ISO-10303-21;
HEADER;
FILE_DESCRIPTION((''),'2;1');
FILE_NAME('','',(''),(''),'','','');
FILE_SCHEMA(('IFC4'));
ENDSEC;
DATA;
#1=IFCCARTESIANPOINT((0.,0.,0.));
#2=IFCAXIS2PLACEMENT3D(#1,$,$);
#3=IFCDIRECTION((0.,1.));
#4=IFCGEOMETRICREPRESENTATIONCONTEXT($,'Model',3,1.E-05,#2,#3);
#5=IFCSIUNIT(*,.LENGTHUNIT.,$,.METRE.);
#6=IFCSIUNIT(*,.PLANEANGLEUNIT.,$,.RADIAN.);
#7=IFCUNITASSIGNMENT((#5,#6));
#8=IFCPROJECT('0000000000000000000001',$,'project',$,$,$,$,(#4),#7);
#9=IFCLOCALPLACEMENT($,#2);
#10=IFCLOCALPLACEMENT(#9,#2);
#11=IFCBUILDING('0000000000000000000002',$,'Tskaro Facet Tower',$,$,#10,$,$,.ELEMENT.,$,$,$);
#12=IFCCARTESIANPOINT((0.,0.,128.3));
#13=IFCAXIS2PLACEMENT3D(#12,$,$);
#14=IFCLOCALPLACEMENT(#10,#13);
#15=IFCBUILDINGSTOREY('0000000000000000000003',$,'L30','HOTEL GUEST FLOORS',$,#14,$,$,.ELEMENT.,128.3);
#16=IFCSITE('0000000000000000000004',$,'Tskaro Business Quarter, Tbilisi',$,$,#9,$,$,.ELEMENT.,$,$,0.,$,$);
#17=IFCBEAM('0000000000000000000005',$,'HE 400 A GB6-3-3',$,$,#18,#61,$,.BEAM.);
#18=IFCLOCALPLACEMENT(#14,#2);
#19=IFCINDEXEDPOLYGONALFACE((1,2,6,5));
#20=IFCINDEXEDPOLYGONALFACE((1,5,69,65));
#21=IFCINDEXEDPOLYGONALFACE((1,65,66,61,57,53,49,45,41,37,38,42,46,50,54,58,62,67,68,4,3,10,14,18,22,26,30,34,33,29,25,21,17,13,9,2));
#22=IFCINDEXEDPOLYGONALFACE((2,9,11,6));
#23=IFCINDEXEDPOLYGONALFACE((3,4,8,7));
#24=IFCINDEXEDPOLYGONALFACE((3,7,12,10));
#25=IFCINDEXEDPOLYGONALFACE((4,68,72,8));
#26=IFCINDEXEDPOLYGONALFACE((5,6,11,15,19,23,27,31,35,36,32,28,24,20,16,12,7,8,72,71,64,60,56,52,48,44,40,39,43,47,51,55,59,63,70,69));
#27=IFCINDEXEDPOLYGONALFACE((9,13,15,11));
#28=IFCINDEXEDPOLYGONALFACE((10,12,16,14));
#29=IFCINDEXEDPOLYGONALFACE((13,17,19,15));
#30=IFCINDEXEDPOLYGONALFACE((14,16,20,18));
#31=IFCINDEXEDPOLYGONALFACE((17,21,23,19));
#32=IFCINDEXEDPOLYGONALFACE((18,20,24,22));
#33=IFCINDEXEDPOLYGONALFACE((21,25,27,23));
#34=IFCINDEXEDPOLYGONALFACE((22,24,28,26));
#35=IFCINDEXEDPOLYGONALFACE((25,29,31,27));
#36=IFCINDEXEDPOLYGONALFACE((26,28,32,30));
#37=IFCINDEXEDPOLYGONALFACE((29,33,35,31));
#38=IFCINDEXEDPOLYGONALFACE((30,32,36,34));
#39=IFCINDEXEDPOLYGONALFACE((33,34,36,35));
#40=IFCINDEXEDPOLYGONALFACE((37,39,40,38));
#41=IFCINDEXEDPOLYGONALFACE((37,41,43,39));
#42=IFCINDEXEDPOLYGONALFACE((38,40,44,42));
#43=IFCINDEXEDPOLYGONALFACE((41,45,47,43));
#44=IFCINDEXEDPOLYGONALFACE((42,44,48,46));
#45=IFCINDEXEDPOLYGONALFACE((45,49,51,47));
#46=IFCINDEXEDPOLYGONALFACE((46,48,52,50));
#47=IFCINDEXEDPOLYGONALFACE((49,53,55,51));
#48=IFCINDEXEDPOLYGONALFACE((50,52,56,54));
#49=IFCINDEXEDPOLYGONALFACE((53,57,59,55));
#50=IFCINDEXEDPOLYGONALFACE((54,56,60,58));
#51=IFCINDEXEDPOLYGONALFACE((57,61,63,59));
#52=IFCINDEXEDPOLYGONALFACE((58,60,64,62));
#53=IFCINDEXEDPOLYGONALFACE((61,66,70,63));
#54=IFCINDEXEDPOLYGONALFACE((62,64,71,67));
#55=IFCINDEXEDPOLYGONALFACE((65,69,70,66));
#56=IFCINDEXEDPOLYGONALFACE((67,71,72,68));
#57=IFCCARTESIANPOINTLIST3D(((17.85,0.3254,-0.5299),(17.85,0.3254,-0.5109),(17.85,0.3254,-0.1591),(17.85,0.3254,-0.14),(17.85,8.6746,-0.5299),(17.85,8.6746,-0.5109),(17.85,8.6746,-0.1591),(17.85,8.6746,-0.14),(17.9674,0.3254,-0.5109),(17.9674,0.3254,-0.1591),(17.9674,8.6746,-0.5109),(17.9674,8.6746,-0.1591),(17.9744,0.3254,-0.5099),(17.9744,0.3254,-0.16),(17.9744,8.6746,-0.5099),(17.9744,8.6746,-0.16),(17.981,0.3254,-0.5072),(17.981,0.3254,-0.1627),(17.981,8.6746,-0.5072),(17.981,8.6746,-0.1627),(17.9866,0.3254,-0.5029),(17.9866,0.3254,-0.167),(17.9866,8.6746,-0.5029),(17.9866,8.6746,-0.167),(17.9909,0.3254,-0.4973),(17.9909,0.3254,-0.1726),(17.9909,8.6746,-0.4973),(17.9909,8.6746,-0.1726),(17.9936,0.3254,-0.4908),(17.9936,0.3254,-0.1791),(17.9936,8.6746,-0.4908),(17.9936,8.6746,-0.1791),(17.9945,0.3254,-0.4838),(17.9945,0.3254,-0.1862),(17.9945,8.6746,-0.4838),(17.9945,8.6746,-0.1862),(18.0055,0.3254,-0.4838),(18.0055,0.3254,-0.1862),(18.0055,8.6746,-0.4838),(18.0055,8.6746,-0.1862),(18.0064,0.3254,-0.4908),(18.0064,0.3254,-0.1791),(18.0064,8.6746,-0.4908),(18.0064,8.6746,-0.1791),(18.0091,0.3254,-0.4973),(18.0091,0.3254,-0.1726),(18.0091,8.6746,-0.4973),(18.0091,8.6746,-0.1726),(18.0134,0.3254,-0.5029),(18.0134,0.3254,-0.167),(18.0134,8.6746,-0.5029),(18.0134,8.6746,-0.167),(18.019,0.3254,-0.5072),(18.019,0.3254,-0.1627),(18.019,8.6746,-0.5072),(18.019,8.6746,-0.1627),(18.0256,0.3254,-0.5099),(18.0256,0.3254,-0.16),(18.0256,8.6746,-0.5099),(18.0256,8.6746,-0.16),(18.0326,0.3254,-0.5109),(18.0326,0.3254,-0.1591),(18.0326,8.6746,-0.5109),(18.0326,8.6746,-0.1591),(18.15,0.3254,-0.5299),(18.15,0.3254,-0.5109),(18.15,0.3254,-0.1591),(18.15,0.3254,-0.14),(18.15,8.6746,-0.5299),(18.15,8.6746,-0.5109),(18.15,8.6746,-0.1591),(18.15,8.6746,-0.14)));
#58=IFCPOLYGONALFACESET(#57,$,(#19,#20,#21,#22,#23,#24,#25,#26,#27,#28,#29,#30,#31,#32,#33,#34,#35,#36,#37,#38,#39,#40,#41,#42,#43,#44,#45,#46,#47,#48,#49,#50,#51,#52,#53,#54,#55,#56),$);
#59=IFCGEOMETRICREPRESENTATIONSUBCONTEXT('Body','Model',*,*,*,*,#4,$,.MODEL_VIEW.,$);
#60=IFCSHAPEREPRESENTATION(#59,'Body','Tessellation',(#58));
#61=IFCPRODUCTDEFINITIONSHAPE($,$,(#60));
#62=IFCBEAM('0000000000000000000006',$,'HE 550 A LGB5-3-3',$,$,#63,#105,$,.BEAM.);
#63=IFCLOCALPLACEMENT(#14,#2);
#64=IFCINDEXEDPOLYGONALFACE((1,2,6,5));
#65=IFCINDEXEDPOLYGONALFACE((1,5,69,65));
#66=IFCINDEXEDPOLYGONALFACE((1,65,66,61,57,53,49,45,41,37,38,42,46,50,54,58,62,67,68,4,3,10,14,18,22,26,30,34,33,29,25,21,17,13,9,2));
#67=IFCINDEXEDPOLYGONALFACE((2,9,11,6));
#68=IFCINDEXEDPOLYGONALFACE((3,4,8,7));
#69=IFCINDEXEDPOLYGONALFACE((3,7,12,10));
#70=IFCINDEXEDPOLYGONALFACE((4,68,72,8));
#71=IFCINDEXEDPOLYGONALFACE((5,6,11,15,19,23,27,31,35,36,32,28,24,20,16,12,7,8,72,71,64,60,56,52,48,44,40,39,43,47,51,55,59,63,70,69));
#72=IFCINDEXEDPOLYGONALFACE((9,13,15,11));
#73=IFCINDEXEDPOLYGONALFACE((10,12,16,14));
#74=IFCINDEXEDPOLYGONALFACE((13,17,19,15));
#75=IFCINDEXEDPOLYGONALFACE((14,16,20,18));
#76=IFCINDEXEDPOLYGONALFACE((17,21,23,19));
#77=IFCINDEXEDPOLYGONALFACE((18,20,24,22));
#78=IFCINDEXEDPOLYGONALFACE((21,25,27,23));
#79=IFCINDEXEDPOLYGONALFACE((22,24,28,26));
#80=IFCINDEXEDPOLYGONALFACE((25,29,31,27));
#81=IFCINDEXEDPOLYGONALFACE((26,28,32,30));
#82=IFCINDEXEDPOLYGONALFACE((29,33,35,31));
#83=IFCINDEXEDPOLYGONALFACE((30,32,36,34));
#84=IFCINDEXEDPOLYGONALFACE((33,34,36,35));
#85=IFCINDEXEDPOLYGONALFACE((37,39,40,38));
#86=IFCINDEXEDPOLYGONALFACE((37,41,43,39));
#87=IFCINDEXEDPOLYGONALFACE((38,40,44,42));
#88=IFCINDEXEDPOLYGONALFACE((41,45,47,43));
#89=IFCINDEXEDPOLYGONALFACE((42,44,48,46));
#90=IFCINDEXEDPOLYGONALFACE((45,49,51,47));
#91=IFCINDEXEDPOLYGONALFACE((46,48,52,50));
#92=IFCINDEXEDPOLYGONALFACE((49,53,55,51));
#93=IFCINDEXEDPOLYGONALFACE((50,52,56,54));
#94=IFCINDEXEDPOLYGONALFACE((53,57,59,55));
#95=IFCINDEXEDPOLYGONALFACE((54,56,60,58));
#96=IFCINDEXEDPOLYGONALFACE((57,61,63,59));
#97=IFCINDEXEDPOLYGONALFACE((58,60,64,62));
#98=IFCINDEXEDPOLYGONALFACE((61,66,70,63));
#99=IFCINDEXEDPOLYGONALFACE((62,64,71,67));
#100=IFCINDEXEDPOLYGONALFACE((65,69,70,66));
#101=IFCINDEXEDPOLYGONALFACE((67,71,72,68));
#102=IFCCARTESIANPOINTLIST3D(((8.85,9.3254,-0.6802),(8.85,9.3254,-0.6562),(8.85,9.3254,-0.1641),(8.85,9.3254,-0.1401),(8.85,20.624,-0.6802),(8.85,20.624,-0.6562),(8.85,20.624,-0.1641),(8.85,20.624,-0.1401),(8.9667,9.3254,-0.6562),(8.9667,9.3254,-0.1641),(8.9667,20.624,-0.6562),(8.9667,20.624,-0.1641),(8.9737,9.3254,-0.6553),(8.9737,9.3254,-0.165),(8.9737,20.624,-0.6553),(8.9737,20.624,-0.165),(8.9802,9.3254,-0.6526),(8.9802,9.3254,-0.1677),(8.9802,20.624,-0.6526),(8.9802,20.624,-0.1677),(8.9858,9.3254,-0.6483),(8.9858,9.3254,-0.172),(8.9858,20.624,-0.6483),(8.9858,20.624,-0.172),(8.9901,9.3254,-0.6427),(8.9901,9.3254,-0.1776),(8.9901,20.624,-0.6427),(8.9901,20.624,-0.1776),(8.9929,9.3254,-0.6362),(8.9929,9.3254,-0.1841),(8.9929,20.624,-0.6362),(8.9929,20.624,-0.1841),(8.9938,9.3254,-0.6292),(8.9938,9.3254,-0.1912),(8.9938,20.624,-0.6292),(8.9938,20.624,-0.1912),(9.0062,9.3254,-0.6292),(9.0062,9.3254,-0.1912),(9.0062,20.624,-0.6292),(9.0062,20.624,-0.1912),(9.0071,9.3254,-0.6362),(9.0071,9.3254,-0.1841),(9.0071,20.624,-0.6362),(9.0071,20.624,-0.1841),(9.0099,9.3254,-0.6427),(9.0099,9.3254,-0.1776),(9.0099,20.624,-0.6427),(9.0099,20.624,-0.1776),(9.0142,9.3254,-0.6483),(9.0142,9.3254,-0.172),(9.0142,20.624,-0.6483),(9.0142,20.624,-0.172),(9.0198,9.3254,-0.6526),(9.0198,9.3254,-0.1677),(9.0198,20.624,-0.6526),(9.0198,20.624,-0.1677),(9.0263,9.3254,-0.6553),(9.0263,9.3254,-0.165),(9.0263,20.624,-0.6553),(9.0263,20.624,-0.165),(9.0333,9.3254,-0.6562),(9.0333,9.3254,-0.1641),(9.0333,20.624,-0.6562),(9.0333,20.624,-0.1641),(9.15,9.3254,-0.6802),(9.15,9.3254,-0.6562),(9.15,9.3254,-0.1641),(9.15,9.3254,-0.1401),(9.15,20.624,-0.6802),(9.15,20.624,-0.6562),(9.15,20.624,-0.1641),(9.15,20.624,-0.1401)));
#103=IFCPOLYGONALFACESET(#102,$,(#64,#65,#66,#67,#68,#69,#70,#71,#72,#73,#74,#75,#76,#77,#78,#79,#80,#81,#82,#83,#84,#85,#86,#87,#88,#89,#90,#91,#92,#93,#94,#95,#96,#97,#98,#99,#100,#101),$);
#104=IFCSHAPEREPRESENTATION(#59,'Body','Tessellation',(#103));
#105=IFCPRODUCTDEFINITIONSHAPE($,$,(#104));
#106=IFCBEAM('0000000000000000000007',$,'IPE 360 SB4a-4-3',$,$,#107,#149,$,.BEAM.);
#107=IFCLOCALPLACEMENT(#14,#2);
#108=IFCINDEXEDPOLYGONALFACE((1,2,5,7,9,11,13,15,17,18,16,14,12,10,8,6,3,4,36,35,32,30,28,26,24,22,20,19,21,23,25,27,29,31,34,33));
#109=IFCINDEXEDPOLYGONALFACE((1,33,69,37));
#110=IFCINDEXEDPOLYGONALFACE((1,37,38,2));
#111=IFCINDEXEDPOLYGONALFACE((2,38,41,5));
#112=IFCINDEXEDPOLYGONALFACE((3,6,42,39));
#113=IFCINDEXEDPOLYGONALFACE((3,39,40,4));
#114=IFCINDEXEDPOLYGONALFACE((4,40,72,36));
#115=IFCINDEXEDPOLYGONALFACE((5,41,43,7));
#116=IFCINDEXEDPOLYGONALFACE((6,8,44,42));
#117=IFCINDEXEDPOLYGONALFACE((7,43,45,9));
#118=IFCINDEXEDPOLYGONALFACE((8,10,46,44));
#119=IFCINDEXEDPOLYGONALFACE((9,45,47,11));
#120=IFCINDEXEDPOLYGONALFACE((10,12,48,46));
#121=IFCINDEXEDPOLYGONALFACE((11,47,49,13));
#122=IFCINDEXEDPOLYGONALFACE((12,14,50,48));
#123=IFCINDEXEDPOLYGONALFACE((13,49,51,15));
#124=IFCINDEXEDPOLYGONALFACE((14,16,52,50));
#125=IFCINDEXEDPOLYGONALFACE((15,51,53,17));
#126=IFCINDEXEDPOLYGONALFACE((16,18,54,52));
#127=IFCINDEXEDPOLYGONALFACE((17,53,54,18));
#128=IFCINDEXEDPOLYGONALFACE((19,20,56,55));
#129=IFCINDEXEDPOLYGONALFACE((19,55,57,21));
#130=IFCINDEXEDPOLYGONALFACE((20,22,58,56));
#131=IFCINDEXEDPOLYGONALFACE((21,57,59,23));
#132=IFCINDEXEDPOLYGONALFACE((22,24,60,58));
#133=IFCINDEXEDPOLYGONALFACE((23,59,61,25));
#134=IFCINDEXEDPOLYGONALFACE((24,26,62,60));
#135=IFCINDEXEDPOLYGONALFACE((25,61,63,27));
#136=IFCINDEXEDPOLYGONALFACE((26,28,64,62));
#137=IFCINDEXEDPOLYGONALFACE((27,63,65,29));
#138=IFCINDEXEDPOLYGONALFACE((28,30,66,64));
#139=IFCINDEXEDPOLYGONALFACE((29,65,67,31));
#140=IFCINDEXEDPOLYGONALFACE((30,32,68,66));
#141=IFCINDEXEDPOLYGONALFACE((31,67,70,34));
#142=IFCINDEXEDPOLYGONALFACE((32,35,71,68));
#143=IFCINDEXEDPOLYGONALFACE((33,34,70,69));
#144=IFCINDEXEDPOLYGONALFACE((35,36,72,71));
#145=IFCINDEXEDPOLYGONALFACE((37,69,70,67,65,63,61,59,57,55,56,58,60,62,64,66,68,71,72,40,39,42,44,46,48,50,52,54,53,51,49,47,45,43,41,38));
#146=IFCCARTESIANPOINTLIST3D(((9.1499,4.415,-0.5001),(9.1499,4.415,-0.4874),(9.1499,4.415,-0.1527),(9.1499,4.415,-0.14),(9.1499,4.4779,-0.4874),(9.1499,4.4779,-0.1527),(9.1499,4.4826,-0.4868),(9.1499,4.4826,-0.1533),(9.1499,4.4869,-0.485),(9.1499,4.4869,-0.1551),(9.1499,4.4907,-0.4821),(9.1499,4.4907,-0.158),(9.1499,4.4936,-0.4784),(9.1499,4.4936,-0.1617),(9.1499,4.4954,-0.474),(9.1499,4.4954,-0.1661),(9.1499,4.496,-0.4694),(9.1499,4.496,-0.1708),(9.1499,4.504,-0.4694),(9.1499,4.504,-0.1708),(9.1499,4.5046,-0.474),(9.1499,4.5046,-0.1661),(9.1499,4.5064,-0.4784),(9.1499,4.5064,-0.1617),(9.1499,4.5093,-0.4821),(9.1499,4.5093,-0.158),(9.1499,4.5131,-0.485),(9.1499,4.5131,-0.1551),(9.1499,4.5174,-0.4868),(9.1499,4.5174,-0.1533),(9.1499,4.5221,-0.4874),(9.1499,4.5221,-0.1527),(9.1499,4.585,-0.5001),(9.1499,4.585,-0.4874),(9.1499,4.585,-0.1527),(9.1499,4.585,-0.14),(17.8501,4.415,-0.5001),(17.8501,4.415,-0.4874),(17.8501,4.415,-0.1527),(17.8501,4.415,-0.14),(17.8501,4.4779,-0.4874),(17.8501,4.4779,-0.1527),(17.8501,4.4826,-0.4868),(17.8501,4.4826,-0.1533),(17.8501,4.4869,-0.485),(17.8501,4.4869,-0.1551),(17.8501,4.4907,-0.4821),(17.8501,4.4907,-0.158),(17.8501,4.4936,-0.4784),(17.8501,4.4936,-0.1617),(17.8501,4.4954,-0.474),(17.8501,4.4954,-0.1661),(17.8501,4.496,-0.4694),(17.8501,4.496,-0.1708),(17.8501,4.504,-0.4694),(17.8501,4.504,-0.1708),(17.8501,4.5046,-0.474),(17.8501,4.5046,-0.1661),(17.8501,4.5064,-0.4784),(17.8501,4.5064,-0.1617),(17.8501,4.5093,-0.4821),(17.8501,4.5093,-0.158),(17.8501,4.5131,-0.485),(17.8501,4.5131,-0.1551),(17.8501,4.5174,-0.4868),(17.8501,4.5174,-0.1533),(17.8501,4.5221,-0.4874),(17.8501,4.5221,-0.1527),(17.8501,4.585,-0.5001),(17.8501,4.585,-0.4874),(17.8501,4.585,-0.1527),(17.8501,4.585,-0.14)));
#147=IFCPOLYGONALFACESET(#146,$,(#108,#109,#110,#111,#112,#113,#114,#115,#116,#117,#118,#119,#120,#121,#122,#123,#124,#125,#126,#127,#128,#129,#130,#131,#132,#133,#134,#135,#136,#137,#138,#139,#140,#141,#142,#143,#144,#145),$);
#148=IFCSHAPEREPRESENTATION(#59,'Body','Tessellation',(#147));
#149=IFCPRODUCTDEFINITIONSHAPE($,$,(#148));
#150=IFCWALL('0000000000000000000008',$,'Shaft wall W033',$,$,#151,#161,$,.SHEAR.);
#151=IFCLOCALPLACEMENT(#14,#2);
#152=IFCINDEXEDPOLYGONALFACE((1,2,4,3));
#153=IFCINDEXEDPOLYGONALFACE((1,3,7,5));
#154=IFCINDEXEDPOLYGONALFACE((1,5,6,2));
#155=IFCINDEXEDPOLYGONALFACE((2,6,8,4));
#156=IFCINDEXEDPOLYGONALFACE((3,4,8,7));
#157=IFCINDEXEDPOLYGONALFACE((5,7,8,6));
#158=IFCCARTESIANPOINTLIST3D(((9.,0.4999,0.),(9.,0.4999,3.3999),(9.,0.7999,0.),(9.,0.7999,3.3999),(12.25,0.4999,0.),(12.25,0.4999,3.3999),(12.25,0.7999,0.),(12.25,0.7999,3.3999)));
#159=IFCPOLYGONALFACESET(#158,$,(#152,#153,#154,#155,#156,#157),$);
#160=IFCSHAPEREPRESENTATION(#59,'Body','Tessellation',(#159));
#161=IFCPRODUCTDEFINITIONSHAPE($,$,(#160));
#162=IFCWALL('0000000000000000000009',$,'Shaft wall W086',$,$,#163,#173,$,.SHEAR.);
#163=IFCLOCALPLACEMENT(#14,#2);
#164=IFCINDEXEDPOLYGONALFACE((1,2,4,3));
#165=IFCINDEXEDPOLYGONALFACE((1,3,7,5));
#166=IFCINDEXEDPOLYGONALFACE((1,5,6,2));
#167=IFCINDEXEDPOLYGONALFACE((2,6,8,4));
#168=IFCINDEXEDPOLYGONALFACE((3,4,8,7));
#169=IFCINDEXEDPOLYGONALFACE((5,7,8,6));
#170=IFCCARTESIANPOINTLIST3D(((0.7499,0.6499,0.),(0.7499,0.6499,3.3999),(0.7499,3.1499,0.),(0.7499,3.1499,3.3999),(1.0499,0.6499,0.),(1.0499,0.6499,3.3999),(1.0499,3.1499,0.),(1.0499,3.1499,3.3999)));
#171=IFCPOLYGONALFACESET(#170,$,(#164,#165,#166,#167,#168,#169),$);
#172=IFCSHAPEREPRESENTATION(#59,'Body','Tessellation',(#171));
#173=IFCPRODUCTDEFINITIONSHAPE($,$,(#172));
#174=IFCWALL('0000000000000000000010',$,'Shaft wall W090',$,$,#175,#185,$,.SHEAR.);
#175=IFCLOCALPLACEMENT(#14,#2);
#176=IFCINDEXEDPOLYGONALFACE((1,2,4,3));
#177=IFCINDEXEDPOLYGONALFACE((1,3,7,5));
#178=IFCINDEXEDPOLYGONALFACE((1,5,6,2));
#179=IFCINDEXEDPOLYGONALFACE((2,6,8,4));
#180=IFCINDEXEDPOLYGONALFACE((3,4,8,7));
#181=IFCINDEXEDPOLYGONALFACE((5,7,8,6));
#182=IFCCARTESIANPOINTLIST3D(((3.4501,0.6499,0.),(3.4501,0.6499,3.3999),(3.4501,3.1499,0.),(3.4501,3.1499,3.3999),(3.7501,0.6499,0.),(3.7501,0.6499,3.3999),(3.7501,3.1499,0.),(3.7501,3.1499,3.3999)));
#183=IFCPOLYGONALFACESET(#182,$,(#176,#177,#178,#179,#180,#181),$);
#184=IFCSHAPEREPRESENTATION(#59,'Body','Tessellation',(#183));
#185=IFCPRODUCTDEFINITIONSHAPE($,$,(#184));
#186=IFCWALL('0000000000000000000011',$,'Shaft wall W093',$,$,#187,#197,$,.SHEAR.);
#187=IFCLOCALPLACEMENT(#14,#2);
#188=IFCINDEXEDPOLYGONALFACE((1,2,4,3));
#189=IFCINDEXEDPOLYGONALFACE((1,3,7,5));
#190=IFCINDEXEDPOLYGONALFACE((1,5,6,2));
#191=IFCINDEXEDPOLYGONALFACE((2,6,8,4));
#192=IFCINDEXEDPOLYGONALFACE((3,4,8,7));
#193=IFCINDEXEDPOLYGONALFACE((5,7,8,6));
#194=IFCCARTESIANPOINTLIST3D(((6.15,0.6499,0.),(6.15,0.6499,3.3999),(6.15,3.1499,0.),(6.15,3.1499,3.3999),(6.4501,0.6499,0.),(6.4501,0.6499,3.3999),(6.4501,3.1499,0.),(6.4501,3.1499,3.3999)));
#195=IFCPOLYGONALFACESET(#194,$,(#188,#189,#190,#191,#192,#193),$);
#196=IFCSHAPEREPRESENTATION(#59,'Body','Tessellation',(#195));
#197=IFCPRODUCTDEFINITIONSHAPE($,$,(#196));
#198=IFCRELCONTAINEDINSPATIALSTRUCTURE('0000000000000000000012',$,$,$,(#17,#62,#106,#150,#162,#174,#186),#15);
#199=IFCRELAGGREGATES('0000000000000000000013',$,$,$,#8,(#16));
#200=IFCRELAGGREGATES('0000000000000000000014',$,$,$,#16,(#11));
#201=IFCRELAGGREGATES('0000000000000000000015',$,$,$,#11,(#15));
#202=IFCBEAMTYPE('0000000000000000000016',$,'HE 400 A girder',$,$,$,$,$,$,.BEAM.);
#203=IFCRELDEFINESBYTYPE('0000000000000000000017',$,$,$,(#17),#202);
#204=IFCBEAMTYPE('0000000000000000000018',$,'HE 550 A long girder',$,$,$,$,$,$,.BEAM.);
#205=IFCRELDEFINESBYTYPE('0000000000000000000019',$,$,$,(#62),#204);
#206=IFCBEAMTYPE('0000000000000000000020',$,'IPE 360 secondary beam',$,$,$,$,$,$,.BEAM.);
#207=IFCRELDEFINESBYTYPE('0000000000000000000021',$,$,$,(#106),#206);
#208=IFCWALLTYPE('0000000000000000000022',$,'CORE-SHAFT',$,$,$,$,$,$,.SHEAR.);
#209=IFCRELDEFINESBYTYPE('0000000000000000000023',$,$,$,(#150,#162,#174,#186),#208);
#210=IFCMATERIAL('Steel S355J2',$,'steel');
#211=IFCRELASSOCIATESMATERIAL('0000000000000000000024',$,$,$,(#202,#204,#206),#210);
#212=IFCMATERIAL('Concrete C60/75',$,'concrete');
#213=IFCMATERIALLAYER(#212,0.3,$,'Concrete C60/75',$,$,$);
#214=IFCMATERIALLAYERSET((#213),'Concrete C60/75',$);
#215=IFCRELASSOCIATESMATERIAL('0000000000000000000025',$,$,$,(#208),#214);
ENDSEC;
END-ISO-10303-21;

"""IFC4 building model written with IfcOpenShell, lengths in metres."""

from ifc_helpers import new_model, si_unit, direction, frame, frame_2d, origin, origin_2d, place, context, subcontext, project, spatial, rectangle, i_section, extrude, material, layer, layer_set, material_profile, profile_set, type_object, element, save


model = new_model("IFC4")

# Units and contexts
model_context = context("Model", 3, precision=1e-05, world=origin(), true_north=direction((0.0, 1.0)))
body_context = subcontext(model_context, "Body", "Model", "MODEL_VIEW")
ifc_project = project(units=[si_unit("LENGTHUNIT", "METRE"), si_unit("PLANEANGLEUNIT", "RADIAN")], contexts=[model_context])

# Site, building, storey
site_placement = place(None, origin())
site = spatial("IfcSite", under=ifc_project, at=site_placement, Name="Tskaro Business Quarter, Tbilisi", CompositionType="ELEMENT", RefElevation=0.0)
building_placement = place(site_placement, origin())
building = spatial("IfcBuilding", under=site, at=building_placement, Name="Tskaro Facet Tower", CompositionType="ELEMENT")
storey_placement = place(building_placement, frame((0.0, 0.0, 128.3)))
storey = spatial("IfcBuildingStorey", under=building, at=storey_placement, Name="L30", Description="HOTEL GUEST FLOORS", CompositionType="ELEMENT", Elevation=128.3)

# Beams
ifc_material_1 = material(Name="Steel S355J2", Category="steel")
ifc_material_profile_1 = material_profile(ifc_material_1, i_section(OverallWidth=0.3, OverallDepth=0.3899, WebThickness=0.011, FlangeThickness=0.019, FilletRadius=0.0271, at=origin_2d()), Name="HE 400 A")
ifc_profile_set_1 = profile_set([ifc_material_profile_1], Name="Steel S355J2")
beam_type_1 = type_object("IfcBeamType", Name="HE 400 A girder", PredefinedType="BEAM", material=ifc_profile_set_1)
beam_1_placement = place(storey_placement, frame((18.0, 0.3254, -0.335), z_axis=(0.0, 1.0, 0.0), x_axis=(-1.0, 0.0, 0.0)))
element("IfcBeam", 1, at=beam_1_placement, inside=storey, type_object=beam_type_1, Name="HE 400 A GB6-3-3", PredefinedType="BEAM", context=body_context, shape_type="SweptSolid", body=[
    extrude(i_section(OverallWidth=0.3, OverallDepth=0.3899, WebThickness=0.011, FlangeThickness=0.019, FilletRadius=0.0271, at=origin_2d()), origin(), (0.0, 0.0, 1.0), 8.3491),
])
ifc_material_profile_2 = material_profile(ifc_material_1, i_section(OverallWidth=0.3, OverallDepth=0.54, WebThickness=0.0125, FlangeThickness=0.0239, FilletRadius=0.0271, at=origin_2d()), Name="HE 550 A")
ifc_profile_set_2 = profile_set([ifc_material_profile_2], Name="Steel S355J2")
beam_type_2 = type_object("IfcBeamType", Name="HE 550 A long girder", PredefinedType="BEAM", material=ifc_profile_set_2)
beam_2_placement = place(storey_placement, frame((9.0, 9.3254, -0.4102), z_axis=(0.0, 1.0, 0.0), x_axis=(-1.0, 0.0, 0.0)))
element("IfcBeam", 2, at=beam_2_placement, inside=storey, type_object=beam_type_2, Name="HE 550 A LGB5-3-3", PredefinedType="BEAM", context=body_context, shape_type="SweptSolid", body=[
    extrude(i_section(OverallWidth=0.3, OverallDepth=0.54, WebThickness=0.0125, FlangeThickness=0.0239, FilletRadius=0.0271, at=origin_2d()), origin(), (0.0, 0.0, 1.0), 11.2986),
])
ifc_material_profile_3 = material_profile(ifc_material_1, i_section(OverallWidth=0.1699, OverallDepth=0.3601, WebThickness=0.0081, FlangeThickness=0.0127, FilletRadius=0.0181, at=origin_2d()), Name="IPE 360")
ifc_profile_set_3 = profile_set([ifc_material_profile_3], Name="Steel S355J2")
beam_type_3 = type_object("IfcBeamType", Name="IPE 360 secondary beam", PredefinedType="BEAM", material=ifc_profile_set_3)
beam_3_placement = place(storey_placement, frame((9.1499, 4.5, -0.3201), z_axis=(1.0, 0.0, 0.0), x_axis=(0.0, 1.0, 0.0)))
element("IfcBeam", 3, at=beam_3_placement, inside=storey, type_object=beam_type_3, Name="IPE 360 SB4a-4-3", PredefinedType="BEAM", context=body_context, shape_type="SweptSolid", body=[
    extrude(i_section(OverallWidth=0.1699, OverallDepth=0.3601, WebThickness=0.0081, FlangeThickness=0.0127, FilletRadius=0.0181, at=origin_2d()), origin(), (0.0, 0.0, 1.0), 8.7002),
])

# Walls
ifc_material_2 = material(Name="Concrete C60/75", Category="concrete")
ifc_layer_1 = layer(ifc_material_2, 0.3, Name="Concrete C60/75")
ifc_layer_set_1 = layer_set([ifc_layer_1], Name="Concrete C60/75")
wall_type_1 = type_object("IfcWallType", Name="CORE-SHAFT", PredefinedType="SHEAR", material=ifc_layer_set_1)
wall_1_placement = place(storey_placement, frame((12.25, 0.6499, 0.0), z_axis=(0.0, 0.0, 1.0), x_axis=(-1.0, 0.0, 0.0)))
element("IfcWall", 4, at=wall_1_placement, inside=storey, type_object=wall_type_1, Name="Shaft wall W033", PredefinedType="SHEAR", context=body_context, shape_type="SweptSolid", body=[
    extrude(rectangle(XDim=3.25, YDim=0.3, at=frame_2d((1.625, 0.0))), origin(), (0.0, 0.0, 1.0), 3.3999),
])
for number, where, z_axis, x_axis, name in (
    (5, (0.8999, 0.6499, 0.0), (0.0, 0.0, 1.0), (0.0, 1.0, 0.0), "Shaft wall W086"),
    (6, (3.6001, 0.6499, 0.0), (0.0, 0.0, 1.0), (0.0, 1.0, 0.0), "Shaft wall W090"),
    (7, (6.3, 0.6499, 0.0), (0.0, 0.0, 1.0), (0.0, 1.0, 0.0), "Shaft wall W093"),
):
    element("IfcWall", number, at=place(storey_placement, frame(where, z_axis=z_axis, x_axis=x_axis)), inside=storey, type_object=wall_type_1, Name=name, PredefinedType="SHEAR", context=body_context, shape_type="SweptSolid", body=[
        extrude(rectangle(XDim=2.5, YDim=0.3, at=frame_2d((1.25, 0.0))), origin(), (0.0, 0.0, 1.0), 3.3999),
    ])

save(model, "model.ifc")
